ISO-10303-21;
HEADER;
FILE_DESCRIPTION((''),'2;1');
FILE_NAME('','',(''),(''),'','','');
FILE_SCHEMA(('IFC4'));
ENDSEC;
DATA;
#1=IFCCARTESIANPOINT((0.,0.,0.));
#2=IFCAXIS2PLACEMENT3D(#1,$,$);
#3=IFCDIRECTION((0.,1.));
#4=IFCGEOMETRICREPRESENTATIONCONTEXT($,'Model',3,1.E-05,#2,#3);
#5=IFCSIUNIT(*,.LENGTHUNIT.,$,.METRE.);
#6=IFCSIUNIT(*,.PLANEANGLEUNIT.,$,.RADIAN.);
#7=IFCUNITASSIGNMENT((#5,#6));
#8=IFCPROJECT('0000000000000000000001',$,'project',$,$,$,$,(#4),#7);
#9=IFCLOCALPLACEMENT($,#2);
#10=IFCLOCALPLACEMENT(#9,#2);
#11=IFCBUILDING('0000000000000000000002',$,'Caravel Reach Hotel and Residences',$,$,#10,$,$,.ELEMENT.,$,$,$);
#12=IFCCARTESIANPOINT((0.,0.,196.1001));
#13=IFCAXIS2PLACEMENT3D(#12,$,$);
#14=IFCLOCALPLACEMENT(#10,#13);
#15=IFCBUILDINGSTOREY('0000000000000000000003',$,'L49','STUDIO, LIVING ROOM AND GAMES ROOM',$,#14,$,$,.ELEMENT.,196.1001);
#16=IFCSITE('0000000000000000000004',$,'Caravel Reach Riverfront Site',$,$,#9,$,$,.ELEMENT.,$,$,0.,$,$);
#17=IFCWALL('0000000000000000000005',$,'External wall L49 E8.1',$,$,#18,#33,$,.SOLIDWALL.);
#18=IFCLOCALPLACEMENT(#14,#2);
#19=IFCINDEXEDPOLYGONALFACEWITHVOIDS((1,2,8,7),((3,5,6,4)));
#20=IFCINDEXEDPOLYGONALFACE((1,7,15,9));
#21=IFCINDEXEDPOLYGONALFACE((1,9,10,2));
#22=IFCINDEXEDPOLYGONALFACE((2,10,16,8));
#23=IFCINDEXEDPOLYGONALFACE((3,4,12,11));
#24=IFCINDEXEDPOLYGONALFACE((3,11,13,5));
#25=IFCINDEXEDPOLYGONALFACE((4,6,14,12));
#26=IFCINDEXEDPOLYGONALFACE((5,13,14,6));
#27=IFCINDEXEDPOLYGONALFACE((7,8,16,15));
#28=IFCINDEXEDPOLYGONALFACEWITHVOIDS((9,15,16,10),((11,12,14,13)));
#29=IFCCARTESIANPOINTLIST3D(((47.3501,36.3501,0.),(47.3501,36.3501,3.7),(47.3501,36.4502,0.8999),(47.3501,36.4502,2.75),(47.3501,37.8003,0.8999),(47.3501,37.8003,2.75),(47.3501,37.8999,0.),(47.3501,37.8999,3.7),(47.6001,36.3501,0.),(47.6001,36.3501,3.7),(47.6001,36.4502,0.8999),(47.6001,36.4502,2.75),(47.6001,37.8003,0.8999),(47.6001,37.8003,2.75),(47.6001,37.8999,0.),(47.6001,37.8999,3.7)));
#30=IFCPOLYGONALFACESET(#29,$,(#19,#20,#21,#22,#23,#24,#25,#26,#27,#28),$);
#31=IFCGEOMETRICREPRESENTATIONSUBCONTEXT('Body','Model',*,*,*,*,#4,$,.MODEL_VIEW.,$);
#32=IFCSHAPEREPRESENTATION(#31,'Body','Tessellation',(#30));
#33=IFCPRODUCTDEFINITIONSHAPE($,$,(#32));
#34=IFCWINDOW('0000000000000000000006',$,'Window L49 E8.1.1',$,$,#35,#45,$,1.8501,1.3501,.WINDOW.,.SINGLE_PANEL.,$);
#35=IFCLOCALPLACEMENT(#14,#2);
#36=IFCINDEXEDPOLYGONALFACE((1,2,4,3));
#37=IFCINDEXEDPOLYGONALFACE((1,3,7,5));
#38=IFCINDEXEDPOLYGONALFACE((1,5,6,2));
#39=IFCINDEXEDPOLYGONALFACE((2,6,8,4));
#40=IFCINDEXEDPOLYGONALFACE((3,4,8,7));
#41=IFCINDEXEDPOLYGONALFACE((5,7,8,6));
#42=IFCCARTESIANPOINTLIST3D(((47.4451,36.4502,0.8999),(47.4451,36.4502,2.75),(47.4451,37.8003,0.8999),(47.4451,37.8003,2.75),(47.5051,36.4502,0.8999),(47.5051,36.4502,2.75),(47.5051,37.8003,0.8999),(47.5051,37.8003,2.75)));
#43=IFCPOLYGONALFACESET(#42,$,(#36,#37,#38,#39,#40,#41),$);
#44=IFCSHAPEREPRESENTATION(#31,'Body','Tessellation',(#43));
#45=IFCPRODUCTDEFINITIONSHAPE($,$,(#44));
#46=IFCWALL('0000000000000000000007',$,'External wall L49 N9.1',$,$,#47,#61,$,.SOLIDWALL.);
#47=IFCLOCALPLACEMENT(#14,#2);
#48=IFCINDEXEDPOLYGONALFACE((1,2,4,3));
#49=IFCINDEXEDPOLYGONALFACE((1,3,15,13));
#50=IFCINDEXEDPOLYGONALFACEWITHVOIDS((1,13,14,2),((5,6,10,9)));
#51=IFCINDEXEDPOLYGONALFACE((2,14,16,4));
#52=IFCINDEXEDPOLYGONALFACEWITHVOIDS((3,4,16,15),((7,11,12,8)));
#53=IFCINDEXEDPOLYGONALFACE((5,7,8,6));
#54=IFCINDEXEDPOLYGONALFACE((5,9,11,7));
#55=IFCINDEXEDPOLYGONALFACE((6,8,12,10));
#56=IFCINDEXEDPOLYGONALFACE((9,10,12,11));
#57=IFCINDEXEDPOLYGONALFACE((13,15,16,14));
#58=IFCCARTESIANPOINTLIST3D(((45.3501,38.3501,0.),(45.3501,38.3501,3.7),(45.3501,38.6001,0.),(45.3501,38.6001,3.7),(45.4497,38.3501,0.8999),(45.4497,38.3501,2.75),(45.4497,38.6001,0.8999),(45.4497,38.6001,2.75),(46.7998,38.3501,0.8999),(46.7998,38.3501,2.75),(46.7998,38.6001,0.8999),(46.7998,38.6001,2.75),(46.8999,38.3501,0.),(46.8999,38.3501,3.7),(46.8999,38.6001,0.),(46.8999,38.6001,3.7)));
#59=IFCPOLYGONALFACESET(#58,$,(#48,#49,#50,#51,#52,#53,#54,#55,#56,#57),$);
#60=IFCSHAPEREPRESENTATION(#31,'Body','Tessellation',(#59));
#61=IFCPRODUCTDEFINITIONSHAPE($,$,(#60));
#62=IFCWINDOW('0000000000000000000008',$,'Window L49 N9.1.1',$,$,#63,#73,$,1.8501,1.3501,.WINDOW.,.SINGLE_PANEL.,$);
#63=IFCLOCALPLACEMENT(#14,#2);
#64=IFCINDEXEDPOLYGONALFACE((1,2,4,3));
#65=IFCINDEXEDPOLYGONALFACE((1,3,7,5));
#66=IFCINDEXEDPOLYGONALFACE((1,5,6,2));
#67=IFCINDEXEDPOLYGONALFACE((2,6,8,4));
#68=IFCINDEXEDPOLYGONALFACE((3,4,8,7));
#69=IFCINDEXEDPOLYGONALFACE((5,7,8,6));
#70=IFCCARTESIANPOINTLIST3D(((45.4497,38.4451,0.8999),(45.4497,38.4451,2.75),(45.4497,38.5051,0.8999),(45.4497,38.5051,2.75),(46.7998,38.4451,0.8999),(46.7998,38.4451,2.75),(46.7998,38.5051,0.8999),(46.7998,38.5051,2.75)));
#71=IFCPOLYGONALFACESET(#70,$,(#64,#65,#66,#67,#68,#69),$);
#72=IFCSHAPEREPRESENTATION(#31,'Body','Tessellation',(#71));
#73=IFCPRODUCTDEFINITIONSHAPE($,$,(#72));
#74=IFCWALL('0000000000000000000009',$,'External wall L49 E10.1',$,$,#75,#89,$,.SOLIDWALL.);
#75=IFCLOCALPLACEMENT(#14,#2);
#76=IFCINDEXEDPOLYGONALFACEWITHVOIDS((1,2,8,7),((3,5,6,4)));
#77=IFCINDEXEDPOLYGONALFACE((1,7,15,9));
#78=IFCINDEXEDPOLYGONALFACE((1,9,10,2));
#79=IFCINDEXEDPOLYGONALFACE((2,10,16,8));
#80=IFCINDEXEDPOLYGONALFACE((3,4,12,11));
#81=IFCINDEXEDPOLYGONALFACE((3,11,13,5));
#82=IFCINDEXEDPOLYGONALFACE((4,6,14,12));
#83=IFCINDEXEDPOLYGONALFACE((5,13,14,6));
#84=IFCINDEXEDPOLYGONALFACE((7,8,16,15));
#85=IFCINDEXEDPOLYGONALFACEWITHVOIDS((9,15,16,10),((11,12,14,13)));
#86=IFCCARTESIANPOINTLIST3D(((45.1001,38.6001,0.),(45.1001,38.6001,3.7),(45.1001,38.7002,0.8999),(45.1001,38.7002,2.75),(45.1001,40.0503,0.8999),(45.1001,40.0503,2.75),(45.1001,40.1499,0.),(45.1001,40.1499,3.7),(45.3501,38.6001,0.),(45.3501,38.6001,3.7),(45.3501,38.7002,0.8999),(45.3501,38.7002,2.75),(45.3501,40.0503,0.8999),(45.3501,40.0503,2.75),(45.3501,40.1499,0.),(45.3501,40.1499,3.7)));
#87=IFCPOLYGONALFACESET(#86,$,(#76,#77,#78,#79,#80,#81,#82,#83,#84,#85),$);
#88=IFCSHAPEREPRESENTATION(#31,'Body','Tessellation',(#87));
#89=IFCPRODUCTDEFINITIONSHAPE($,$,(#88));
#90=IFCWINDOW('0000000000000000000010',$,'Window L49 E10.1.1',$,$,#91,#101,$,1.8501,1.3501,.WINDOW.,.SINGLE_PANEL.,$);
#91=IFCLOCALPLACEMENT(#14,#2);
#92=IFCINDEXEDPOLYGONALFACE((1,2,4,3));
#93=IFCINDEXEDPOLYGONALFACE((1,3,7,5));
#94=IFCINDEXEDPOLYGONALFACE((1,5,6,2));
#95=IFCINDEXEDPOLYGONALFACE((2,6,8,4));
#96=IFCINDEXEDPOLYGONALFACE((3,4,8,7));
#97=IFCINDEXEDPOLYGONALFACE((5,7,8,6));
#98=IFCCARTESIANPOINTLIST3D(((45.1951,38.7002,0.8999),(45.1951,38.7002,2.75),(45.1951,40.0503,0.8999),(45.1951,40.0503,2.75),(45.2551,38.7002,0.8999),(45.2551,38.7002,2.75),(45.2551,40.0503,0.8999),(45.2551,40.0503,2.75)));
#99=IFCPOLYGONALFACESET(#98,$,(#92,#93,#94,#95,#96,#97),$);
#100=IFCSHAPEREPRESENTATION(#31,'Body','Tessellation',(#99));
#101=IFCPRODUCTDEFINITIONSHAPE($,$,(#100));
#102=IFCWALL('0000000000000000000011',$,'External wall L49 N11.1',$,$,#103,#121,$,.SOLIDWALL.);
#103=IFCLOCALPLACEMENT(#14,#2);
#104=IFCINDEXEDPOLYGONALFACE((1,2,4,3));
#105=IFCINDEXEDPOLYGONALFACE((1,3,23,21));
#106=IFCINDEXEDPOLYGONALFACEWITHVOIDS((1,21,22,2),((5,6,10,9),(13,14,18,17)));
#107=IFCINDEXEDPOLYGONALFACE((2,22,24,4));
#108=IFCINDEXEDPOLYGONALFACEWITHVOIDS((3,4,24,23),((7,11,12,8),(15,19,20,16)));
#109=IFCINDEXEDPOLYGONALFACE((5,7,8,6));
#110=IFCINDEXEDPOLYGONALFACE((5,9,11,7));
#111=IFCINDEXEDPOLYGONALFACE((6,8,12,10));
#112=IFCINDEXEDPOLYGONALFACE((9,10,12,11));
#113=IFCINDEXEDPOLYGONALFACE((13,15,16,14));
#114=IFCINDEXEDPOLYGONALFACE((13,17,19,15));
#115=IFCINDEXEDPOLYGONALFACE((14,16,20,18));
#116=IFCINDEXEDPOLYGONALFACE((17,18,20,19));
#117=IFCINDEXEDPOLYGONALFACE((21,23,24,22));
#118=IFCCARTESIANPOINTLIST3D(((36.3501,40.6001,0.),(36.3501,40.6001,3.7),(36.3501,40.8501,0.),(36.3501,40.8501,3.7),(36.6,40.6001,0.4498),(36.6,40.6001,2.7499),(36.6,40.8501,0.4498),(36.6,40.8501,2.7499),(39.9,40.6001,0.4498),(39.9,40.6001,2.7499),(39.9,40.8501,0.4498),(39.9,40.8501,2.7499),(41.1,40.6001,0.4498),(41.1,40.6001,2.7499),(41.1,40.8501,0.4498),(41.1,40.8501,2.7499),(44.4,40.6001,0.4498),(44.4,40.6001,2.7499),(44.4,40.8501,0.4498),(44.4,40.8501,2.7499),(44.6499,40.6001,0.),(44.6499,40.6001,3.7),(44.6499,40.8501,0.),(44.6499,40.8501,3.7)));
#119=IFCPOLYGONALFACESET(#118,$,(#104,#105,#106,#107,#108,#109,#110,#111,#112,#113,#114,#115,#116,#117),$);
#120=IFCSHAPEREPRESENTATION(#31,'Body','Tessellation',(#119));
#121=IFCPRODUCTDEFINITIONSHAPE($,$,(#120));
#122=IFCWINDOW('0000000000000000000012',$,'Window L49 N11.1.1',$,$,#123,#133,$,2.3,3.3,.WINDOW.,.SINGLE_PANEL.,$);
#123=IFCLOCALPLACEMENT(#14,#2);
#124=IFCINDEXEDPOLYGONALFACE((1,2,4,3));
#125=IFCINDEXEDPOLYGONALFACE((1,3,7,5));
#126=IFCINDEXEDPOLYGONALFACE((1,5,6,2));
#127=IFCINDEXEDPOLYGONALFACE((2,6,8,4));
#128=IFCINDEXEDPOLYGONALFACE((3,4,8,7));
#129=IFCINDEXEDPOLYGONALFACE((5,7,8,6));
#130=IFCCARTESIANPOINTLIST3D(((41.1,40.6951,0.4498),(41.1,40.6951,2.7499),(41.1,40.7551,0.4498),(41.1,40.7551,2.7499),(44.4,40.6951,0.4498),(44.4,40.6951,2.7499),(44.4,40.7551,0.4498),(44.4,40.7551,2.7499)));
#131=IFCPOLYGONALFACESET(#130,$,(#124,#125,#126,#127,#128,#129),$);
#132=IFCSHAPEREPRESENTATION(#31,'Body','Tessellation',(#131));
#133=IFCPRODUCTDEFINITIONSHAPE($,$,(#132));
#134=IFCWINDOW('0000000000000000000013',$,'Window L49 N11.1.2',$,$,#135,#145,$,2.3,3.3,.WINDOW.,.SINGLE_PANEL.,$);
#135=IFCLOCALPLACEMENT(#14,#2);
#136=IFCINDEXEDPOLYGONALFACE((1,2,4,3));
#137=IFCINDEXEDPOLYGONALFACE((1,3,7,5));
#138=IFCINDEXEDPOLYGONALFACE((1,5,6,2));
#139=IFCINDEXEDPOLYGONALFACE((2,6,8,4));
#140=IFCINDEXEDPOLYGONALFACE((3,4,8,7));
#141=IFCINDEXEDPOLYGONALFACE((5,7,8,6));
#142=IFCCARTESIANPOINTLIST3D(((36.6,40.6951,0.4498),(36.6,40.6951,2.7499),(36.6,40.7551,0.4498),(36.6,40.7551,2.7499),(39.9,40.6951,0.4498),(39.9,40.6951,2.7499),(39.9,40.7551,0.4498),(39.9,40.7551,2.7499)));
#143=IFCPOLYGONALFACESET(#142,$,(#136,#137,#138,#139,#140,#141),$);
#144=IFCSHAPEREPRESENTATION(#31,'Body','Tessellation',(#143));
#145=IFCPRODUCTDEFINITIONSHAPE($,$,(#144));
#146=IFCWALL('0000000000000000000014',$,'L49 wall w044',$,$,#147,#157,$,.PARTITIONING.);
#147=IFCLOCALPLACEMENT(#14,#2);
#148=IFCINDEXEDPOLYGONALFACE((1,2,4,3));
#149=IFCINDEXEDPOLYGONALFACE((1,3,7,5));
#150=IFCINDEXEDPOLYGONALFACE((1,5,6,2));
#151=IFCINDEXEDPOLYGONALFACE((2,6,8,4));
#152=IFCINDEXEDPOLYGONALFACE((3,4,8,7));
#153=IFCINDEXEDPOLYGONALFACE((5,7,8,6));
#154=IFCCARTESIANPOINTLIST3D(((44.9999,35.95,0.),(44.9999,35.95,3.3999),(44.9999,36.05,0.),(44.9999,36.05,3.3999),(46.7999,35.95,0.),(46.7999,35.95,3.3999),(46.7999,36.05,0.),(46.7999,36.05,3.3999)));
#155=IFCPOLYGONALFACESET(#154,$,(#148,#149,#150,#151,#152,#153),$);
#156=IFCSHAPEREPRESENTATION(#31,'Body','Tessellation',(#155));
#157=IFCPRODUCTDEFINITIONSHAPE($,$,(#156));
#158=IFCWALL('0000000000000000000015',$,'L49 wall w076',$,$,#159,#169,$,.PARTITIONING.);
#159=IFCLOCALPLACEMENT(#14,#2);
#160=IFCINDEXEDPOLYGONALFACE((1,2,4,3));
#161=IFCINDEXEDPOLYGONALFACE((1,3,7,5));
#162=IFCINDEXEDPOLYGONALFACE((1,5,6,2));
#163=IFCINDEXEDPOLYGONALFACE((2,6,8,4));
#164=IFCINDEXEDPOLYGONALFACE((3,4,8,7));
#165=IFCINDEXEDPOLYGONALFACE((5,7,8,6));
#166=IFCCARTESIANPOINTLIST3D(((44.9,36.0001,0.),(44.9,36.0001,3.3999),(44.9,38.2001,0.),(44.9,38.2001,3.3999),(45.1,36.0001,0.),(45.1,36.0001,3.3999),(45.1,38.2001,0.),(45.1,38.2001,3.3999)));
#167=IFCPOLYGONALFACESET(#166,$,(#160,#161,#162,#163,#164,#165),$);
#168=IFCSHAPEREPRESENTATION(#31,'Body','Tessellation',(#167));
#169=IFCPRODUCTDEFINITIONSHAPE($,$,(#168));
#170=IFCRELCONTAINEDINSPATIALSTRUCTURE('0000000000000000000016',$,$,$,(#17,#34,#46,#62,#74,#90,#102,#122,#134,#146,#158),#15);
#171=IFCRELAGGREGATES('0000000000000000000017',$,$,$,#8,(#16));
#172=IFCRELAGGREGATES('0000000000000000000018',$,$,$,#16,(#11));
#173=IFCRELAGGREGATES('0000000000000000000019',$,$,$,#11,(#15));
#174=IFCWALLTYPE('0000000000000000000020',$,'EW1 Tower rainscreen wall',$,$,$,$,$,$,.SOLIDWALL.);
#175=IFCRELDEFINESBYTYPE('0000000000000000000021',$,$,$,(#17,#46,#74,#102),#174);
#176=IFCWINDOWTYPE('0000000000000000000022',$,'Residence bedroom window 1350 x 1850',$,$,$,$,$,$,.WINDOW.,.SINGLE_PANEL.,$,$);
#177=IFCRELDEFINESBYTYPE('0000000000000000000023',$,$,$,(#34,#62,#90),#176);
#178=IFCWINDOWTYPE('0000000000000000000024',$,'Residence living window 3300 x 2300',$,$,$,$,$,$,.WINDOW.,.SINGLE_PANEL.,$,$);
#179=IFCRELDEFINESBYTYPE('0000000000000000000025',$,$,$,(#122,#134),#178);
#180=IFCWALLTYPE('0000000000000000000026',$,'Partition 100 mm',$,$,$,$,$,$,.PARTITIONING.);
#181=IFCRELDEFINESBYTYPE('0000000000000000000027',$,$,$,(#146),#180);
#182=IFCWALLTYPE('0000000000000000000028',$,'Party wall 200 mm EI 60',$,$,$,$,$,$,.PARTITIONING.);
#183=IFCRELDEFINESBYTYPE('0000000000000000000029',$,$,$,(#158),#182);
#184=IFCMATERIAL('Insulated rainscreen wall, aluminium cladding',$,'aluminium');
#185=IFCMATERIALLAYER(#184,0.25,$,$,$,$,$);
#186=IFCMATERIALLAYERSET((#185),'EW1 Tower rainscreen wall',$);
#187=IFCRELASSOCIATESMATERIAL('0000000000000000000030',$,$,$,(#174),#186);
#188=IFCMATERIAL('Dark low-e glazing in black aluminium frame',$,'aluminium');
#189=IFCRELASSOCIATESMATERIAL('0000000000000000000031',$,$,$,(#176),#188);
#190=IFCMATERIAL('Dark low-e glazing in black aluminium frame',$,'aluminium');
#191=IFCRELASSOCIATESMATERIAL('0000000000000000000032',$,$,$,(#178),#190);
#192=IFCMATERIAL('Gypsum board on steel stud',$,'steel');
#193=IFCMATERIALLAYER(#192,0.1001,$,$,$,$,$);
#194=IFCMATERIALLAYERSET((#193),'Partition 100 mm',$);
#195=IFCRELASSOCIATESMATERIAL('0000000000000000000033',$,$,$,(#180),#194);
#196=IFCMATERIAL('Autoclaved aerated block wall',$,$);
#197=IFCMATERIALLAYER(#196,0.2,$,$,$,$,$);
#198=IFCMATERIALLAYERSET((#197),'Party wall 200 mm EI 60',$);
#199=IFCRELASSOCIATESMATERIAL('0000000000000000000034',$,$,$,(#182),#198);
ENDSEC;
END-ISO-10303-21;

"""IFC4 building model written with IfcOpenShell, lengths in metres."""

from ifc_helpers import new_model, si_unit, direction, frame, frame_2d, origin, place, context, subcontext, project, spatial, rectangle, extrude, material, layer, layer_set, type_object, element, fill, save


model = new_model("IFC4")

# Units and contexts
model_context = context("Model", 3, precision=1e-05, world=origin(), true_north=direction((0.0, 1.0)))
body_context = subcontext(model_context, "Body", "Model", "MODEL_VIEW")
ifc_project = project(units=[si_unit("LENGTHUNIT", "METRE"), si_unit("PLANEANGLEUNIT", "RADIAN")], contexts=[model_context])

# Site, building, storey
site_placement = place(None, origin())
site = spatial("IfcSite", under=ifc_project, at=site_placement, Name="Caravel Reach Riverfront Site", CompositionType="ELEMENT", RefElevation=0.0)
building_placement = place(site_placement, origin())
building = spatial("IfcBuilding", under=site, at=building_placement, Name="Caravel Reach Hotel and Residences", CompositionType="ELEMENT")
storey_placement = place(building_placement, frame((0.0, 0.0, 196.1001)))
storey = spatial("IfcBuildingStorey", under=building, at=storey_placement, Name="L49", Description="STUDIO, LIVING ROOM AND GAMES ROOM", CompositionType="ELEMENT", Elevation=196.1001)

# Walls, openings, windows
ifc_material_1 = material(Name="Insulated rainscreen wall, aluminium cladding", Category="aluminium")
ifc_layer_1 = layer(ifc_material_1, 0.25)
ifc_layer_set_1 = layer_set([ifc_layer_1], Name="EW1 Tower rainscreen wall")
wall_type_1 = type_object("IfcWallType", Name="EW1 Tower rainscreen wall", PredefinedType="SOLIDWALL", material=ifc_layer_set_1)
ifc_material_2 = material(Name="Dark low-e glazing in black aluminium frame", Category="aluminium")
window_type_1 = type_object("IfcWindowType", Name="Residence bedroom window 1350 x 1850", PartitioningType="SINGLE_PANEL", PredefinedType="WINDOW", material=ifc_material_2)
wall_1_placement = place(storey_placement, frame((47.4751, 36.3501, 0.0), z_axis=(0.0, 0.0, 1.0), x_axis=(0.0, 1.0, 0.0)))
wall_1 = element("IfcWall", 1, at=wall_1_placement, inside=storey, type_object=wall_type_1, Name="External wall L49 E8.1", PredefinedType="SOLIDWALL", context=body_context, shape_type="SweptSolid", body=[
    extrude(rectangle(XDim=1.5498, YDim=0.25, at=frame_2d((0.7749, 0.0))), origin(), (0.0, 0.0, 1.0), 3.7),
])
opening_1_placement = place(wall_1_placement, frame((0.1001, 0.0, 0.8999)))
opening_1 = element("IfcOpeningElement", 2, at=opening_1_placement, cuts=wall_1, PredefinedType="OPENING", context=body_context, shape_type="SweptSolid", body=[
    extrude(rectangle(XDim=1.3501, YDim=1.8501, at=frame_2d((0.675, 0.925))), frame((0.0, 0.135, 0.0), z_axis=(0.0, -1.0, 0.0), x_axis=(1.0, 0.0, 0.0)), (0.0, 0.0, 1.0), 0.27),
])
window_1_placement = place(opening_1_placement, origin())
window_1 = element("IfcWindow", 3, at=window_1_placement, inside=storey, type_object=window_type_1, Name="Window L49 E8.1.1", OverallHeight=1.8501, OverallWidth=1.3501, PartitioningType="SINGLE_PANEL", PredefinedType="WINDOW", context=body_context, shape_type="SweptSolid", body=[
    extrude(rectangle(XDim=1.3501, YDim=1.8501, at=frame_2d((0.675, 0.925))), frame((0.0, 0.03, 0.0), z_axis=(0.0, -1.0, 0.0), x_axis=(1.0, 0.0, 0.0)), (0.0, 0.0, 1.0), 0.0601),
])
fill(opening_1, window_1)
wall_2_placement = place(storey_placement, frame((46.8999, 38.4751, 0.0), z_axis=(0.0, 0.0, 1.0), x_axis=(-1.0, 0.0, 0.0)))
wall_2 = element("IfcWall", 4, at=wall_2_placement, inside=storey, type_object=wall_type_1, Name="External wall L49 N9.1", PredefinedType="SOLIDWALL", context=body_context, shape_type="SweptSolid", body=[
    extrude(rectangle(XDim=1.5498, YDim=0.25, at=frame_2d((0.7749, 0.0))), origin(), (0.0, 0.0, 1.0), 3.7),
])
opening_2_placement = place(wall_2_placement, frame((0.1001, 0.0, 0.8999)))
opening_2 = element("IfcOpeningElement", 5, at=opening_2_placement, cuts=wall_2, PredefinedType="OPENING", context=body_context, shape_type="SweptSolid", body=[
    extrude(rectangle(XDim=1.3501, YDim=1.8501, at=frame_2d((0.675, 0.925))), frame((0.0, 0.135, 0.0), z_axis=(0.0, -1.0, 0.0), x_axis=(1.0, 0.0, 0.0)), (0.0, 0.0, 1.0), 0.27),
])
window_2_placement = place(opening_2_placement, origin())
window_2 = element("IfcWindow", 6, at=window_2_placement, inside=storey, type_object=window_type_1, Name="Window L49 N9.1.1", OverallHeight=1.8501, OverallWidth=1.3501, PartitioningType="SINGLE_PANEL", PredefinedType="WINDOW", context=body_context, shape_type="SweptSolid", body=[
    extrude(rectangle(XDim=1.3501, YDim=1.8501, at=frame_2d((0.675, 0.925))), frame((0.0, 0.03, 0.0), z_axis=(0.0, -1.0, 0.0), x_axis=(1.0, 0.0, 0.0)), (0.0, 0.0, 1.0), 0.0601),
])
fill(opening_2, window_2)
wall_3_placement = place(storey_placement, frame((45.2251, 38.6001, 0.0), z_axis=(0.0, 0.0, 1.0), x_axis=(0.0, 1.0, 0.0)))
wall_3 = element("IfcWall", 7, at=wall_3_placement, inside=storey, type_object=wall_type_1, Name="External wall L49 E10.1", PredefinedType="SOLIDWALL", context=body_context, shape_type="SweptSolid", body=[
    extrude(rectangle(XDim=1.5498, YDim=0.25, at=frame_2d((0.7749, 0.0))), origin(), (0.0, 0.0, 1.0), 3.7),
])
opening_3_placement = place(wall_3_placement, frame((0.1001, 0.0, 0.8999)))
opening_3 = element("IfcOpeningElement", 8, at=opening_3_placement, cuts=wall_3, PredefinedType="OPENING", context=body_context, shape_type="SweptSolid", body=[
    extrude(rectangle(XDim=1.3501, YDim=1.8501, at=frame_2d((0.675, 0.925))), frame((0.0, 0.135, 0.0), z_axis=(0.0, -1.0, 0.0), x_axis=(1.0, 0.0, 0.0)), (0.0, 0.0, 1.0), 0.27),
])
window_3_placement = place(opening_3_placement, origin())
window_3 = element("IfcWindow", 9, at=window_3_placement, inside=storey, type_object=window_type_1, Name="Window L49 E10.1.1", OverallHeight=1.8501, OverallWidth=1.3501, PartitioningType="SINGLE_PANEL", PredefinedType="WINDOW", context=body_context, shape_type="SweptSolid", body=[
    extrude(rectangle(XDim=1.3501, YDim=1.8501, at=frame_2d((0.675, 0.925))), frame((0.0, 0.03, 0.0), z_axis=(0.0, -1.0, 0.0), x_axis=(1.0, 0.0, 0.0)), (0.0, 0.0, 1.0), 0.0601),
])
fill(opening_3, window_3)

# Wall, openings, windows
wall_4_placement = place(storey_placement, frame((44.6499, 40.7251, 0.0), z_axis=(0.0, 0.0, 1.0), x_axis=(-1.0, 0.0, 0.0)))
wall_4 = element("IfcWall", 10, at=wall_4_placement, inside=storey, type_object=wall_type_1, Name="External wall L49 N11.1", PredefinedType="SOLIDWALL", context=body_context, shape_type="SweptSolid", body=[
    extrude(rectangle(XDim=8.2998, YDim=0.25, at=frame_2d((4.1499, 0.0))), origin(), (0.0, 0.0, 1.0), 3.7),
])
opening_4_placement = place(wall_4_placement, frame((0.25, 0.0, 0.45)))
opening_4 = element("IfcOpeningElement", 11, at=opening_4_placement, cuts=wall_4, PredefinedType="OPENING", context=body_context, shape_type="SweptSolid", body=[
    extrude(rectangle(XDim=3.3, YDim=2.3, at=frame_2d((1.6499, 1.1499))), frame((0.0, 0.135, 0.0), z_axis=(0.0, -1.0, 0.0), x_axis=(1.0, 0.0, 0.0)), (0.0, 0.0, 1.0), 0.27),
])
opening_5_placement = place(wall_4_placement, frame((4.75, 0.0, 0.45)))
opening_5 = element("IfcOpeningElement", 12, at=opening_5_placement, cuts=wall_4, PredefinedType="OPENING", context=body_context, shape_type="SweptSolid", body=[
    extrude(rectangle(XDim=3.3, YDim=2.3, at=frame_2d((1.6499, 1.1499))), frame((0.0, 0.135, 0.0), z_axis=(0.0, -1.0, 0.0), x_axis=(1.0, 0.0, 0.0)), (0.0, 0.0, 1.0), 0.27),
])
ifc_material_3 = material(Name="Dark low-e glazing in black aluminium frame", Category="aluminium")
window_type_2 = type_object("IfcWindowType", Name="Residence living window 3300 x 2300", PartitioningType="SINGLE_PANEL", PredefinedType="WINDOW", material=ifc_material_3)
window_4_placement = place(opening_4_placement, origin())
window_4 = element("IfcWindow", 13, at=window_4_placement, inside=storey, type_object=window_type_2, Name="Window L49 N11.1.1", OverallHeight=2.3, OverallWidth=3.3, PartitioningType="SINGLE_PANEL", PredefinedType="WINDOW", context=body_context, shape_type="SweptSolid", body=[
    extrude(rectangle(XDim=3.3, YDim=2.3, at=frame_2d((1.6499, 1.1499))), frame((0.0, 0.03, 0.0), z_axis=(0.0, -1.0, 0.0), x_axis=(1.0, 0.0, 0.0)), (0.0, 0.0, 1.0), 0.0601),
])
fill(opening_4, window_4)
window_5_placement = place(opening_5_placement, origin())
window_5 = element("IfcWindow", 14, at=window_5_placement, inside=storey, type_object=window_type_2, Name="Window L49 N11.1.2", OverallHeight=2.3, OverallWidth=3.3, PartitioningType="SINGLE_PANEL", PredefinedType="WINDOW", context=body_context, shape_type="SweptSolid", body=[
    extrude(rectangle(XDim=3.3, YDim=2.3, at=frame_2d((1.6499, 1.1499))), frame((0.0, 0.03, 0.0), z_axis=(0.0, -1.0, 0.0), x_axis=(1.0, 0.0, 0.0)), (0.0, 0.0, 1.0), 0.0601),
])
fill(opening_5, window_5)

# Walls
ifc_material_4 = material(Name="Gypsum board on steel stud", Category="steel")
ifc_layer_2 = layer(ifc_material_4, 0.1001)
ifc_layer_set_2 = layer_set([ifc_layer_2], Name="Partition 100 mm")
wall_type_2 = type_object("IfcWallType", Name="Partition 100 mm", PredefinedType="PARTITIONING", material=ifc_layer_set_2)
wall_5_placement = place(storey_placement, frame((45.0, 36.0, 0.0), z_axis=(0.0, 0.0, 1.0), x_axis=(1.0, 0.0, 0.0)))
element("IfcWall", 15, at=wall_5_placement, inside=storey, type_object=wall_type_2, Name="L49 wall w044", PredefinedType="PARTITIONING", context=body_context, shape_type="SweptSolid", body=[
    extrude(rectangle(XDim=1.8, YDim=0.1001, at=frame_2d((0.8999, 0.0))), origin(), (0.0, 0.0, 1.0), 3.3999),
])
ifc_material_5 = material(Name="Autoclaved aerated block wall")
ifc_layer_3 = layer(ifc_material_5, 0.2)
ifc_layer_set_3 = layer_set([ifc_layer_3], Name="Party wall 200 mm EI 60")
wall_type_3 = type_object("IfcWallType", Name="Party wall 200 mm EI 60", PredefinedType="PARTITIONING", material=ifc_layer_set_3)
wall_6_placement = place(storey_placement, frame((45.0, 36.0, 0.0), z_axis=(0.0, 0.0, 1.0), x_axis=(0.0, 1.0, 0.0)))
element("IfcWall", 16, at=wall_6_placement, inside=storey, type_object=wall_type_3, Name="L49 wall w076", PredefinedType="PARTITIONING", context=body_context, shape_type="SweptSolid", body=[
    extrude(rectangle(XDim=2.2, YDim=0.2, at=frame_2d((1.1001, 0.0))), origin(), (0.0, 0.0, 1.0), 3.3999),
])

save(model, "model.ifc")
